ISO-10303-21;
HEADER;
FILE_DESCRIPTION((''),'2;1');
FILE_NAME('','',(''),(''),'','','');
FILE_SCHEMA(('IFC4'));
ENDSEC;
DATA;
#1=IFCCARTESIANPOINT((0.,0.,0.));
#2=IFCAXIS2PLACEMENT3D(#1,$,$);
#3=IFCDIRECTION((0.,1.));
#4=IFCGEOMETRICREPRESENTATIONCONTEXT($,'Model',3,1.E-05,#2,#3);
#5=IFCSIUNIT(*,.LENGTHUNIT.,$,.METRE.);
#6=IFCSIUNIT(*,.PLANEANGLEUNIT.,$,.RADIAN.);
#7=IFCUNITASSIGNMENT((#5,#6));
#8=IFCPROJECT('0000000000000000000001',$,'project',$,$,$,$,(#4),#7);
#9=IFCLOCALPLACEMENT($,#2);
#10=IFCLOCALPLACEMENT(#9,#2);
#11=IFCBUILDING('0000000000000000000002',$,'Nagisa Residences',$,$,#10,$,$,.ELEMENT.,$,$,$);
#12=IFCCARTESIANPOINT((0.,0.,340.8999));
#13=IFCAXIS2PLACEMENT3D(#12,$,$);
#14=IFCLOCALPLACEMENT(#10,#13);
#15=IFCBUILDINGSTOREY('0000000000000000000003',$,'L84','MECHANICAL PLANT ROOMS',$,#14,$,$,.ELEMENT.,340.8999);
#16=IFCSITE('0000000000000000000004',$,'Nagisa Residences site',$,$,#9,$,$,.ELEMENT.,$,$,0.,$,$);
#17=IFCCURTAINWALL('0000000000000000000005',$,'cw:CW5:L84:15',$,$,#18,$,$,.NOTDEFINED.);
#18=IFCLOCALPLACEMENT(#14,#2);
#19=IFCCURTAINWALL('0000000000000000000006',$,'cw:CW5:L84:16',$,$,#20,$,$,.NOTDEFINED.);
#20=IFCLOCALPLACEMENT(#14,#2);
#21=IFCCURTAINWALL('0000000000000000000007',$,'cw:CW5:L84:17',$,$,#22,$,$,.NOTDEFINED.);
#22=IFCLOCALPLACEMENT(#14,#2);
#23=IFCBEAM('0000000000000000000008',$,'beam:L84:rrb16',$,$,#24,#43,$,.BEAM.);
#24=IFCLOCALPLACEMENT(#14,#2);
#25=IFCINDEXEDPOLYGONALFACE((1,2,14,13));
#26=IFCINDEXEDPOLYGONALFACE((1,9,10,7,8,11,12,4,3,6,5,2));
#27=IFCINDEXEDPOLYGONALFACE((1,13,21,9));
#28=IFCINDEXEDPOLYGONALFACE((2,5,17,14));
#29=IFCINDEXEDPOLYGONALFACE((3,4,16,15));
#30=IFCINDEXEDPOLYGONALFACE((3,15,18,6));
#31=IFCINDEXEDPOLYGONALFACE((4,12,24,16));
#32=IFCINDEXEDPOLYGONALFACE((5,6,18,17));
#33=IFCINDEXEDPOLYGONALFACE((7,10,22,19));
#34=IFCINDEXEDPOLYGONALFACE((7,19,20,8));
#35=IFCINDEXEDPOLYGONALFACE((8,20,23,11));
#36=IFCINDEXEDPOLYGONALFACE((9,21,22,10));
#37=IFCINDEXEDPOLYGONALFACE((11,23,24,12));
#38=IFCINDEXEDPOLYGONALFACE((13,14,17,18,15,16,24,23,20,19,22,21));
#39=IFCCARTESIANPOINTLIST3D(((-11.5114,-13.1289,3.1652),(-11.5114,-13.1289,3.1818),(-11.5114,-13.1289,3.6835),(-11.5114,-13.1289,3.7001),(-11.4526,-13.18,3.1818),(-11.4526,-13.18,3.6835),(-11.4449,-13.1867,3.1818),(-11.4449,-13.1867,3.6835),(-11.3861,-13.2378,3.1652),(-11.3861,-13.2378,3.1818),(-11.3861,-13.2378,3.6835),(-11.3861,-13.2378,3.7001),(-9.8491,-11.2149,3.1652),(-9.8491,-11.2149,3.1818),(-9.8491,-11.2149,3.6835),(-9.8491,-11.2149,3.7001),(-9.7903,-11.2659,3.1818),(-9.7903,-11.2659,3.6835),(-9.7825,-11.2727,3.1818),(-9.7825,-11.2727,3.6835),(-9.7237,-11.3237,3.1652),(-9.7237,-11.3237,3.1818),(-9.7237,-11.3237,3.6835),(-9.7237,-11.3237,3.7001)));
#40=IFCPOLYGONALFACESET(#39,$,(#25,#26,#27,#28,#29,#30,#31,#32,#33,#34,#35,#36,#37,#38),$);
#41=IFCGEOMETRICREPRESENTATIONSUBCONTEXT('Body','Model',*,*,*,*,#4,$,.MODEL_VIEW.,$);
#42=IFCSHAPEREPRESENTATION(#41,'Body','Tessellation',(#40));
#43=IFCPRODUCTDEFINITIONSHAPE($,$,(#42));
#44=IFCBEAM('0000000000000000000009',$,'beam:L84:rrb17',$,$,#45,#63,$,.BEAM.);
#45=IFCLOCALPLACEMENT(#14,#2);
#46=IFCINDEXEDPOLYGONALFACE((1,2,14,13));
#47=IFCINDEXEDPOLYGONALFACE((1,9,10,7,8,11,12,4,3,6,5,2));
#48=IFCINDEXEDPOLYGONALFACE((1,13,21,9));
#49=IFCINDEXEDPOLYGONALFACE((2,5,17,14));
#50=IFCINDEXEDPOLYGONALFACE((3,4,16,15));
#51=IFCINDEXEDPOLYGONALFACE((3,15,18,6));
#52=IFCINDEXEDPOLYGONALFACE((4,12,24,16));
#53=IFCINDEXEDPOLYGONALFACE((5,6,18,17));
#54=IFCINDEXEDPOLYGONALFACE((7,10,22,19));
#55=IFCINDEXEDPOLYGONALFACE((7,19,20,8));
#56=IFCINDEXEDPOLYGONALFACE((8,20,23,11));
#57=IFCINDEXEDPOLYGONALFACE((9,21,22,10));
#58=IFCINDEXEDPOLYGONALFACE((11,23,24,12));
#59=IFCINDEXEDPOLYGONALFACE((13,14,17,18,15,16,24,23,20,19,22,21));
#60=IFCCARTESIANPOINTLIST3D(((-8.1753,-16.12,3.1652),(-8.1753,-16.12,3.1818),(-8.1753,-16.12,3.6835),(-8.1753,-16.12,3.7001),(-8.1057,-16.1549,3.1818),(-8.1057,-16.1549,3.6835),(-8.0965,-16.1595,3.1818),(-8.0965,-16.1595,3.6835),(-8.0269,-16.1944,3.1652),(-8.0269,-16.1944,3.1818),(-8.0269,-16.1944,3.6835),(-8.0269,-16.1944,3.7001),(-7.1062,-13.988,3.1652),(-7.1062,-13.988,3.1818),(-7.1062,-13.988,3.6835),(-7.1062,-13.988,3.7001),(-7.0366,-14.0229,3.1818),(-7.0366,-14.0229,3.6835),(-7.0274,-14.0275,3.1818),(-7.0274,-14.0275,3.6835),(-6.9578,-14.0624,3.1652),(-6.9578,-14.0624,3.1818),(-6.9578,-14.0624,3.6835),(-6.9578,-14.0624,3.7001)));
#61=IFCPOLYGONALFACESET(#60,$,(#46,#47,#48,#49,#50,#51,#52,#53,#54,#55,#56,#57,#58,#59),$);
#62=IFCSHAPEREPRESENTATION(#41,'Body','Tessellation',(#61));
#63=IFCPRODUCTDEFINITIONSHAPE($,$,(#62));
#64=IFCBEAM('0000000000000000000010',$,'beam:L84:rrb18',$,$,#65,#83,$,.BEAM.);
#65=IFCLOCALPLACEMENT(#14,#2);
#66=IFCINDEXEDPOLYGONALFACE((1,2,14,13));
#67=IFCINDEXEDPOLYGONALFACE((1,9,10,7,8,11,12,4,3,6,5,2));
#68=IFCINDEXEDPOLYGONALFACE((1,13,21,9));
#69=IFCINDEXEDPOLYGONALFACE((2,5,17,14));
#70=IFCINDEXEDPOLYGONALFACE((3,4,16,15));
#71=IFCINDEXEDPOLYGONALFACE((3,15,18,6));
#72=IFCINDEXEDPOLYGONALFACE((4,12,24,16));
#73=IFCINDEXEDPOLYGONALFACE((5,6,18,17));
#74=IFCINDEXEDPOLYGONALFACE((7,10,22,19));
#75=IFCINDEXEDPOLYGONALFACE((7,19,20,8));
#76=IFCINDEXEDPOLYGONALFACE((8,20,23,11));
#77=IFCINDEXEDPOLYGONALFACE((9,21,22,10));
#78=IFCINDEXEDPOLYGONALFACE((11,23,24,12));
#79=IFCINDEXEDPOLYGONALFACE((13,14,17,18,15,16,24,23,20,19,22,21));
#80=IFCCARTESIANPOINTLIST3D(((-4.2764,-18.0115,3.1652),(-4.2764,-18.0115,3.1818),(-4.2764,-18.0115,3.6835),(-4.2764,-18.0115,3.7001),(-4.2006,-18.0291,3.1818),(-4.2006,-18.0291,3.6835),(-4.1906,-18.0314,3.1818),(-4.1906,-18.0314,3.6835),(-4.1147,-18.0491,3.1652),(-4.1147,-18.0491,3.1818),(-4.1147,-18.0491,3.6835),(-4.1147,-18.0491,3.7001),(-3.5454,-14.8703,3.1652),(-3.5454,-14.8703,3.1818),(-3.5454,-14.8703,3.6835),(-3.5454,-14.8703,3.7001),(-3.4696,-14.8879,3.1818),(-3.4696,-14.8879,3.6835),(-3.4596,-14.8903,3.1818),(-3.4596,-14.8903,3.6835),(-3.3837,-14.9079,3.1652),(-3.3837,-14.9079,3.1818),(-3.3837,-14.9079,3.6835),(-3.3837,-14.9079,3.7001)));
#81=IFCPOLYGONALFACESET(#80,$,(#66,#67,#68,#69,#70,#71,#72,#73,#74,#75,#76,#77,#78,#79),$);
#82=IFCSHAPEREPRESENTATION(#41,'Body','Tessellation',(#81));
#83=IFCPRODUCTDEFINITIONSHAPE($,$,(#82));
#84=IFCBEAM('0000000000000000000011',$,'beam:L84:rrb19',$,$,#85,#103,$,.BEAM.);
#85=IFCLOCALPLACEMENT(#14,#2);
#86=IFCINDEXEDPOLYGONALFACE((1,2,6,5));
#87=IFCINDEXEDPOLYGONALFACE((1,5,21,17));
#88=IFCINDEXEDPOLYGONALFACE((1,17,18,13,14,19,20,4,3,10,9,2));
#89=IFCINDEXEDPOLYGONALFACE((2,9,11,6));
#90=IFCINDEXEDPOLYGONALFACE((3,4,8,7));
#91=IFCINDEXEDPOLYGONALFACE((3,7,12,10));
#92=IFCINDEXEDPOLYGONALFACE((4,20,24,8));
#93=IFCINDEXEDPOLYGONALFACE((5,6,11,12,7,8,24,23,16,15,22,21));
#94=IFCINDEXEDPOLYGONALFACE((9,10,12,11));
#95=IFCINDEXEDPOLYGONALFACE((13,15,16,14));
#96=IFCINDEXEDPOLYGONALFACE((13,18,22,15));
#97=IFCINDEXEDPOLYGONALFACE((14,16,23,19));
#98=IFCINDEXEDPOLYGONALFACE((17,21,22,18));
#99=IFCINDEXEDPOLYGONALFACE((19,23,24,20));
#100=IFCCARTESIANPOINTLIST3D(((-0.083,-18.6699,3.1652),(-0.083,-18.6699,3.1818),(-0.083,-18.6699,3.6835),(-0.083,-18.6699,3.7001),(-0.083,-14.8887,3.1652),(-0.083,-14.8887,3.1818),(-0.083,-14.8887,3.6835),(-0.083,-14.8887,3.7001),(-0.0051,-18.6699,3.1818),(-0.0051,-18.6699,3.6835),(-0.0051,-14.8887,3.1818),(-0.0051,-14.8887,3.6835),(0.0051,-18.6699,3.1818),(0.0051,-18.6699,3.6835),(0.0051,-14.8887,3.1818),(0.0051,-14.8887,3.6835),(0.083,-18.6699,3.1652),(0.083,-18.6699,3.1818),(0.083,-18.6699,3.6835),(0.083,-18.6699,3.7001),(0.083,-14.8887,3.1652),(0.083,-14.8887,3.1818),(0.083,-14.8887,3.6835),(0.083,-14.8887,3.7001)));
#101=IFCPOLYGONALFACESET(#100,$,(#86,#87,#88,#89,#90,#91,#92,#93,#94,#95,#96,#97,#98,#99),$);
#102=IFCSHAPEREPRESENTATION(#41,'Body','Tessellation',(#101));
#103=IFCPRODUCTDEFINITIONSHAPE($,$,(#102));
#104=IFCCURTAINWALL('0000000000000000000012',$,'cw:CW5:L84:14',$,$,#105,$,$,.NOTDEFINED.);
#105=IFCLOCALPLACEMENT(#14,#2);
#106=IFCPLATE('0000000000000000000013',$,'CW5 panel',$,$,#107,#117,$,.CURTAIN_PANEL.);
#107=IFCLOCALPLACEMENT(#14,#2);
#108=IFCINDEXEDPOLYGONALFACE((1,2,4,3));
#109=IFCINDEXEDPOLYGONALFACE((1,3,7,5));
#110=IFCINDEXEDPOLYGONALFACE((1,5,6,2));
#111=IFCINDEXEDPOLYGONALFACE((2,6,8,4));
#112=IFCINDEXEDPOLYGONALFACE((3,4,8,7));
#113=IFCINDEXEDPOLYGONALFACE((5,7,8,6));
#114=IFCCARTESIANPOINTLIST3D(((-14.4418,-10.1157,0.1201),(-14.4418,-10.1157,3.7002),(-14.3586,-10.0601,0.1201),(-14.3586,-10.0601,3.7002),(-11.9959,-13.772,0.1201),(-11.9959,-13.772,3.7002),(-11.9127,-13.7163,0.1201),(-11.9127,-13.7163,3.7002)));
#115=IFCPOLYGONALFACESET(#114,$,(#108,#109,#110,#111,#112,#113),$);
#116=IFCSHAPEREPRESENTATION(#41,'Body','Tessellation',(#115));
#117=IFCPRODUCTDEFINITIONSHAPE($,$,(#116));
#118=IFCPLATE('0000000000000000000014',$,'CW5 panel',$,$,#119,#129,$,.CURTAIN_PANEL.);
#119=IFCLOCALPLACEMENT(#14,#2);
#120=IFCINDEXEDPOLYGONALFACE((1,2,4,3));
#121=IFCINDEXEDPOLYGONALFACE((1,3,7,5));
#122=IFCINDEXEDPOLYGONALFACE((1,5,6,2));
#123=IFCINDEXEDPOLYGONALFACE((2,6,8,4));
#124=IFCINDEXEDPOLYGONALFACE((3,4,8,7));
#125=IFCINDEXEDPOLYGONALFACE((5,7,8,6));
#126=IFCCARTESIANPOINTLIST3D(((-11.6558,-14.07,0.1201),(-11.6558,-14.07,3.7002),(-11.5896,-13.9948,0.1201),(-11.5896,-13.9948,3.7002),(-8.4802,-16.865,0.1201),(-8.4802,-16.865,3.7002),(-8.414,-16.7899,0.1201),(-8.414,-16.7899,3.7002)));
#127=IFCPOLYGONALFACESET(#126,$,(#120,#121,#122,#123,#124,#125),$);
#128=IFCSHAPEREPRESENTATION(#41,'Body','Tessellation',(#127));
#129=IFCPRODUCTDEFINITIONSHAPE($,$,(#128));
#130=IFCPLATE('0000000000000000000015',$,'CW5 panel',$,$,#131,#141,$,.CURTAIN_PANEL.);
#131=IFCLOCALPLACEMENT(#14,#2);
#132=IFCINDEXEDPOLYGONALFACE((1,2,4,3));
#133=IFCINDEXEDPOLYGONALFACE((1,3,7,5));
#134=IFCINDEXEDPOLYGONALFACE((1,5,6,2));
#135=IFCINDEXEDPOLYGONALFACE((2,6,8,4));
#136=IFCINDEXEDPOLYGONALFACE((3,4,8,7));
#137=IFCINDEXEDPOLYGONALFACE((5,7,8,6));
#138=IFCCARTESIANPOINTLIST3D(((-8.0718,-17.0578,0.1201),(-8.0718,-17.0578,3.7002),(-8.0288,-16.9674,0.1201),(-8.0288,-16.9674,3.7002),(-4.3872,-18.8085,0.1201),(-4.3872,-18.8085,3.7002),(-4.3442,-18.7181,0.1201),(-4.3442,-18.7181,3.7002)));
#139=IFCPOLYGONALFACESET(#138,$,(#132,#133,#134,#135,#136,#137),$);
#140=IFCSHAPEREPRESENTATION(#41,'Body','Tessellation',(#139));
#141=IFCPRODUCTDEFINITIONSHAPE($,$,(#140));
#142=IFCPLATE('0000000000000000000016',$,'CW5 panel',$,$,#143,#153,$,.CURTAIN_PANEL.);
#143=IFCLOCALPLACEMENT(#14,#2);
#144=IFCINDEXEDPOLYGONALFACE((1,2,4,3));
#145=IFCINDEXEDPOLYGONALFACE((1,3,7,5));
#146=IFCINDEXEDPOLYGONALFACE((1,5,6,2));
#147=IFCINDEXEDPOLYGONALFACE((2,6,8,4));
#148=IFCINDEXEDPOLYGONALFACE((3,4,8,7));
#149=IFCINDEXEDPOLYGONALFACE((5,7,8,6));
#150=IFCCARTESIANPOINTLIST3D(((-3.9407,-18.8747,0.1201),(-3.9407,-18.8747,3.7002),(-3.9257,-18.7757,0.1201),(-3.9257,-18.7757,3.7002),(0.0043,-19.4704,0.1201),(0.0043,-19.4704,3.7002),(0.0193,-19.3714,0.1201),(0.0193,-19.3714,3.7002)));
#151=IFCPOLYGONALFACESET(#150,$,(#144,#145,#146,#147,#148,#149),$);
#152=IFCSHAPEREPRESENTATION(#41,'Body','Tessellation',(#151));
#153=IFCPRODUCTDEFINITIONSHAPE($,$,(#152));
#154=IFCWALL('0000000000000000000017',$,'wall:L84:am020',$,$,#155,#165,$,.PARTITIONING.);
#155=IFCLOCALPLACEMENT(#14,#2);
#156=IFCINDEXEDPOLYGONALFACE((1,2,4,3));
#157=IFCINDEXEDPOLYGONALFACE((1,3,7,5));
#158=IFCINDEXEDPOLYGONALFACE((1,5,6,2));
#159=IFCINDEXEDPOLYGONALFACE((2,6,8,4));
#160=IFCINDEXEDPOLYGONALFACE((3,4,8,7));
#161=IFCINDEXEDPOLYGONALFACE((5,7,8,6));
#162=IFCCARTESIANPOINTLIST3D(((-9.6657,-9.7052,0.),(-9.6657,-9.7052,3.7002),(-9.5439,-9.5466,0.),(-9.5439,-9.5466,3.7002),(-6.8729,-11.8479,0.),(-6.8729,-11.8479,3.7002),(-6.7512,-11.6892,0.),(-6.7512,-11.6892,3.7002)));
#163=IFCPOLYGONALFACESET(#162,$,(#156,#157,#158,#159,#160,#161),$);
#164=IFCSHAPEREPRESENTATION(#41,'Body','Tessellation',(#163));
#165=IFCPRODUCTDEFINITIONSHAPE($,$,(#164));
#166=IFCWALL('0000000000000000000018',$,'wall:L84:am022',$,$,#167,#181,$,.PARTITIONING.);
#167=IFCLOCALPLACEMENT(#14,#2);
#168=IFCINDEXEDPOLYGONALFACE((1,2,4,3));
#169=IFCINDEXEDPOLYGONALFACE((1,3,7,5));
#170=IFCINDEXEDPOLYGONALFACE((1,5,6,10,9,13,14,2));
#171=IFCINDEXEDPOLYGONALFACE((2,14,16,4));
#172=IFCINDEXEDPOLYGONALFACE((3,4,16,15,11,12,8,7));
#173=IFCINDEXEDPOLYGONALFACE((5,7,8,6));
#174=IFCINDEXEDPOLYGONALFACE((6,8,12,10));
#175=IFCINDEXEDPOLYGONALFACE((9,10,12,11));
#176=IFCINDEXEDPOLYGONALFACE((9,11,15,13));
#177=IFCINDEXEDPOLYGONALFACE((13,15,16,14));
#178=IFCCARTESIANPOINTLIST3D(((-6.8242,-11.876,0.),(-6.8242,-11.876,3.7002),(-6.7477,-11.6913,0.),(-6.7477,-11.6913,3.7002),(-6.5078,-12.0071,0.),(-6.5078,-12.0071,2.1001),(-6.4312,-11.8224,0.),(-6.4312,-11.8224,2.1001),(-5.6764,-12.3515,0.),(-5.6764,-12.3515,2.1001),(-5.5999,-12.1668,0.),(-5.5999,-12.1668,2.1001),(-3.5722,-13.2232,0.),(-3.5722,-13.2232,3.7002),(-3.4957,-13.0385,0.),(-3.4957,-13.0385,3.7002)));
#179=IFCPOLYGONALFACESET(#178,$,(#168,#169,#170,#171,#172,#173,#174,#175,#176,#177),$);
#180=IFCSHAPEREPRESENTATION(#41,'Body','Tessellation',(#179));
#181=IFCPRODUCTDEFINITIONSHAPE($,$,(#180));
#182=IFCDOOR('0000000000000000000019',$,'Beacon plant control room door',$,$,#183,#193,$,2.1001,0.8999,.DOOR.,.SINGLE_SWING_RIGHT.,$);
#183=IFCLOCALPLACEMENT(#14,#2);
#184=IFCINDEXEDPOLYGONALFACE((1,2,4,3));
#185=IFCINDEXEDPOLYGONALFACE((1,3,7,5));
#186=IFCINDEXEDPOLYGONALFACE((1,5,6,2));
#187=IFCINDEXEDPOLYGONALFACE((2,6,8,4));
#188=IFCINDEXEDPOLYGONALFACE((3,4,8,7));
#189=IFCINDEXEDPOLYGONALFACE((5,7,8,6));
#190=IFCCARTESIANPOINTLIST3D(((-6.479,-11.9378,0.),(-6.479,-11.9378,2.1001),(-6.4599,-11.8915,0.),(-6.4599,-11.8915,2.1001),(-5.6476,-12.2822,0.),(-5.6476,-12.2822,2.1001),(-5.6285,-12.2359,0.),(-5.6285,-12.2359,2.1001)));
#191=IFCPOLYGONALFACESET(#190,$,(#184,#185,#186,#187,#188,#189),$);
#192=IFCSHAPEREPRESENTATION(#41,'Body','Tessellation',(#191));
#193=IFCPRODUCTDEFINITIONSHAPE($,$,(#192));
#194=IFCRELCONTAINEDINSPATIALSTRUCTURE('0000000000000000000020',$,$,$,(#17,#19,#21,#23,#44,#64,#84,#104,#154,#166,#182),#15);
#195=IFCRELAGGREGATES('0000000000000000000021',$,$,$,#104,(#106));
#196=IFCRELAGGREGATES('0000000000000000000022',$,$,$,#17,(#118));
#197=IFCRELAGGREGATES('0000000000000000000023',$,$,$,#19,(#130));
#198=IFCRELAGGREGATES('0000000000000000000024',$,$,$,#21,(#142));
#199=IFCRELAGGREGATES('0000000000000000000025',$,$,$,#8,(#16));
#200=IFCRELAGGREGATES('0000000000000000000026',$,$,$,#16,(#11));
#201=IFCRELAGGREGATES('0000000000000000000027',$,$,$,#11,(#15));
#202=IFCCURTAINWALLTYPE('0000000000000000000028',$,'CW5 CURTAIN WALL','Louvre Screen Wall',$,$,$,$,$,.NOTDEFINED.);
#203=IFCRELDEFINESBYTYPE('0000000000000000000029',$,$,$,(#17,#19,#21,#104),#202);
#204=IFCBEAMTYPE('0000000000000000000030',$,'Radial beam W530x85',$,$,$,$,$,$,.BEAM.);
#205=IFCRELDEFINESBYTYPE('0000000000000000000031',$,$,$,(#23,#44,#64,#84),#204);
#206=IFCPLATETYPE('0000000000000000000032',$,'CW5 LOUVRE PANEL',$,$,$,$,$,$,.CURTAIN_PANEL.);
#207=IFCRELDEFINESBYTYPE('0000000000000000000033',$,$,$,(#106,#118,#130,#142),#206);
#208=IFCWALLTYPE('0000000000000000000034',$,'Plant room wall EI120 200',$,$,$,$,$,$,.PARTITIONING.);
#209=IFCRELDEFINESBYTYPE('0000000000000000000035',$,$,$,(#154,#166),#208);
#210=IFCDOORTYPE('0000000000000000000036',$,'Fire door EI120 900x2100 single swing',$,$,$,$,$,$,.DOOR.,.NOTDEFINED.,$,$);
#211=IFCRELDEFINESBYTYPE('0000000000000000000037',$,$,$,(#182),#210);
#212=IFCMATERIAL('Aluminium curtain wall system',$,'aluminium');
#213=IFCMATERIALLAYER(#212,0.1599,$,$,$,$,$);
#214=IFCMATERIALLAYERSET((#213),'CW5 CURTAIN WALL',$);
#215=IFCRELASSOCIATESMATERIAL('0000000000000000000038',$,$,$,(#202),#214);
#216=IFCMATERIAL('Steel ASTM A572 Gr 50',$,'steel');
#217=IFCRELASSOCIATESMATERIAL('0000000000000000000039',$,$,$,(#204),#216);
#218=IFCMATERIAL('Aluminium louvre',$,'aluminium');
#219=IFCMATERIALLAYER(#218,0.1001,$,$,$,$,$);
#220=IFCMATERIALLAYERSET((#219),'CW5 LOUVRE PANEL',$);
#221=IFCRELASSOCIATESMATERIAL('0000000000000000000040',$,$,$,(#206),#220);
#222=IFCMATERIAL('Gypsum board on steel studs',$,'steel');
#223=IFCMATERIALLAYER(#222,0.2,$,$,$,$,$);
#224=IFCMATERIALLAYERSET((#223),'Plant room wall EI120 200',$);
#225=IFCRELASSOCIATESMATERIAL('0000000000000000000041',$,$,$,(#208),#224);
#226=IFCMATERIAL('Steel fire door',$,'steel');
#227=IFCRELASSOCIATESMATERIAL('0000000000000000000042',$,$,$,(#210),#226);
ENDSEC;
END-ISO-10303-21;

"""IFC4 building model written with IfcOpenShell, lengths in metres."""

from ifc_helpers import new_model, si_unit, direction, frame, frame_2d, origin, origin_2d, place, context, subcontext, project, spatial, rectangle, i_section, extrude, material, layer, layer_set, material_profile, profile_set, type_object, element, fill, aggregate, save


model = new_model("IFC4")

# Units and contexts
model_context = context("Model", 3, precision=1e-05, world=origin(), true_north=direction((0.0, 1.0)))
body_context = subcontext(model_context, "Body", "Model", "MODEL_VIEW")
ifc_project = project(units=[si_unit("LENGTHUNIT", "METRE"), si_unit("PLANEANGLEUNIT", "RADIAN")], contexts=[model_context])

# Site, building, storey
site_placement = place(None, origin())
site = spatial("IfcSite", under=ifc_project, at=site_placement, Name="Nagisa Residences site", CompositionType="ELEMENT", RefElevation=0.0)
building_placement = place(site_placement, origin())
building = spatial("IfcBuilding", under=site, at=building_placement, Name="Nagisa Residences", CompositionType="ELEMENT")
storey_placement = place(building_placement, frame((0.0, 0.0, 340.8999)))
storey = spatial("IfcBuildingStorey", under=building, at=storey_placement, Name="L84", Description="MECHANICAL PLANT ROOMS", CompositionType="ELEMENT", Elevation=340.8999)

# Curtain walls
ifc_material_1 = material(Name="Aluminium curtain wall system", Category="aluminium")
ifc_layer_1 = layer(ifc_material_1, 0.1599)
ifc_layer_set_1 = layer_set([ifc_layer_1], Name="CW5 CURTAIN WALL")
curtain_wall_type = type_object("IfcCurtainWallType", Name="CW5 CURTAIN WALL", Description="Louvre Screen Wall", PredefinedType="NOTDEFINED", material=ifc_layer_set_1)
curtain_wall_1_placement = place(storey_placement, origin())
curtain_wall_1 = element("IfcCurtainWall", 1, at=curtain_wall_1_placement, inside=storey, type_object=curtain_wall_type, Name="cw:CW5:L84:15", PredefinedType="NOTDEFINED")
curtain_wall_2_placement = place(storey_placement, origin())
curtain_wall_2 = element("IfcCurtainWall", 2, at=curtain_wall_2_placement, inside=storey, type_object=curtain_wall_type, Name="cw:CW5:L84:16", PredefinedType="NOTDEFINED")
curtain_wall_3_placement = place(storey_placement, origin())
curtain_wall_3 = element("IfcCurtainWall", 3, at=curtain_wall_3_placement, inside=storey, type_object=curtain_wall_type, Name="cw:CW5:L84:17", PredefinedType="NOTDEFINED")

# Beams
ifc_material_2 = material(Name="Steel ASTM A572 Gr 50", Category="steel")
ifc_material_profile_1 = material_profile(ifc_material_2, i_section(OverallWidth=0.166, OverallDepth=0.5349, WebThickness=0.0103, FlangeThickness=0.0166, at=origin_2d()), Name="W530x85")
ifc_profile_set_1 = profile_set([ifc_material_profile_1], Name="Steel ASTM A572 Gr 50")
beam_type_1 = type_object("IfcBeamType", Name="Radial beam W530x85", PredefinedType="BEAM", material=ifc_profile_set_1)
beam_1_placement = place(storey_placement, frame((-11.4487, -13.1833, 3.4326), z_axis=(0.655718, 0.755006, 0.0), x_axis=(-0.755006, 0.655718, 0.0)))
element("IfcBeam", 4, at=beam_1_placement, inside=storey, type_object=beam_type_1, Name="beam:L84:rrb16", PredefinedType="BEAM", context=body_context, shape_type="SweptSolid", body=[
    extrude(i_section(OverallWidth=0.166, OverallDepth=0.5349, WebThickness=0.0103, FlangeThickness=0.0166, at=origin_2d()), origin(), (0.0, 0.0, 1.0), 2.5352),
])
beam_2_placement = place(storey_placement, frame((-8.1011, -16.1572, 3.4326), z_axis=(0.448237, 0.893915, 0.0), x_axis=(-0.893915, 0.448237, 0.0)))
element("IfcBeam", 5, at=beam_2_placement, inside=storey, type_object=beam_type_1, Name="beam:L84:rrb17", PredefinedType="BEAM", context=body_context, shape_type="SweptSolid", body=[
    extrude(i_section(OverallWidth=0.166, OverallDepth=0.5349, WebThickness=0.0103, FlangeThickness=0.0166, at=origin_2d()), origin(), (0.0, 0.0, 1.0), 2.385),
])
beam_3_placement = place(storey_placement, frame((-4.1956, -18.0303, 3.4326), z_axis=(0.22665, 0.973976, 0.0), x_axis=(-0.973976, 0.22665, 0.0)))
element("IfcBeam", 6, at=beam_3_placement, inside=storey, type_object=beam_type_1, Name="beam:L84:rrb18", PredefinedType="BEAM", context=body_context, shape_type="SweptSolid", body=[
    extrude(i_section(OverallWidth=0.166, OverallDepth=0.5349, WebThickness=0.0103, FlangeThickness=0.0166, at=origin_2d()), origin(), (0.0, 0.0, 1.0), 3.2251),
])
beam_4_placement = place(storey_placement, frame((0.0, -18.6699, 3.4326), z_axis=(0.0, 1.0, 0.0), x_axis=(-1.0, 0.0, 0.0)))
element("IfcBeam", 7, at=beam_4_placement, inside=storey, type_object=beam_type_1, Name="beam:L84:rrb19", PredefinedType="BEAM", context=body_context, shape_type="SweptSolid", body=[
    extrude(i_section(OverallWidth=0.166, OverallDepth=0.5349, WebThickness=0.0103, FlangeThickness=0.0166, at=origin_2d()), origin(), (0.0, 0.0, 1.0), 3.7812),
])

# Curtain wall, plate
curtain_wall_4_placement = place(storey_placement, origin())
curtain_wall_4 = element("IfcCurtainWall", 8, at=curtain_wall_4_placement, inside=storey, type_object=curtain_wall_type, Name="cw:CW5:L84:14", PredefinedType="NOTDEFINED")
ifc_material_3 = material(Name="Aluminium louvre", Category="aluminium")
ifc_layer_2 = layer(ifc_material_3, 0.1001)
ifc_layer_set_2 = layer_set([ifc_layer_2], Name="CW5 LOUVRE PANEL")
plate_type = type_object("IfcPlateType", Name="CW5 LOUVRE PANEL", PredefinedType="CURTAIN_PANEL", material=ifc_layer_set_2)
plate_1_placement = place(storey_placement, frame((-13.1772, -11.916, 0.1201), z_axis=(0.0, 0.0, 1.0), x_axis=(0.556014, -0.831173, 0.0)))
plate_1 = element("IfcPlate", 9, at=plate_1_placement, type_object=plate_type, Name="CW5 panel", PredefinedType="CURTAIN_PANEL", context=body_context, shape_type="SweptSolid", body=[
    extrude(rectangle(XDim=4.3989, YDim=0.1001, at=origin_2d()), origin(), (0.0, 0.0, 1.0), 3.5801),
])
aggregate(curtain_wall_4, [plate_1])

# Plates
plate_2_placement = place(storey_placement, frame((-10.0349, -15.4299, 0.1201), z_axis=(0.0, 0.0, 1.0), x_axis=(0.750651, -0.660699, 0.0)))
plate_2 = element("IfcPlate", 10, at=plate_2_placement, type_object=plate_type, Name="CW5 panel", PredefinedType="CURTAIN_PANEL", context=body_context, shape_type="SweptSolid", body=[
    extrude(rectangle(XDim=4.2305, YDim=0.1001, at=origin_2d()), origin(), (0.0, 0.0, 1.0), 3.5801),
])
aggregate(curtain_wall_1, [plate_2])
plate_3_placement = place(storey_placement, frame((-6.208, -17.8879, 0.1201), z_axis=(0.0, 0.0, 1.0), x_axis=(0.903233, -0.429151, 0.0)))
plate_3 = element("IfcPlate", 11, at=plate_3_placement, type_object=plate_type, Name="CW5 panel", PredefinedType="CURTAIN_PANEL", context=body_context, shape_type="SweptSolid", body=[
    extrude(rectangle(XDim=4.0793, YDim=0.1001, at=origin_2d()), origin(), (0.0, 0.0, 1.0), 3.5801),
])
aggregate(curtain_wall_2, [plate_3])
plate_4_placement = place(storey_placement, frame((-1.9607, -19.123, 0.1201), z_axis=(0.0, 0.0, 1.0), x_axis=(0.988789, -0.14932, 0.0)))
plate_4 = element("IfcPlate", 12, at=plate_4_placement, type_object=plate_type, Name="CW5 panel", PredefinedType="CURTAIN_PANEL", context=body_context, shape_type="SweptSolid", body=[
    extrude(rectangle(XDim=3.9897, YDim=0.1001, at=origin_2d()), origin(), (0.0, 0.0, 1.0), 3.5801),
])
aggregate(curtain_wall_3, [plate_4])

# Wall
ifc_material_4 = material(Name="Gypsum board on steel studs", Category="steel")
ifc_layer_3 = layer(ifc_material_4, 0.2)
ifc_layer_set_3 = layer_set([ifc_layer_3], Name="Plant room wall EI120 200")
wall_type_1 = type_object("IfcWallType", Name="Plant room wall EI120 200", PredefinedType="PARTITIONING", material=ifc_layer_set_3)
wall_1_placement = place(storey_placement, frame((-6.812, -11.7686, 0.0), z_axis=(0.0, 0.0, 1.0), x_axis=(-0.793402, 0.608698, 0.0)))
element("IfcWall", 13, at=wall_1_placement, inside=storey, type_object=wall_type_1, Name="wall:L84:am020", PredefinedType="PARTITIONING", context=body_context, shape_type="SweptSolid", body=[
    extrude(rectangle(XDim=3.52, YDim=0.2, at=frame_2d((1.76, 0.0))), origin(), (0.0, 0.0, 1.0), 3.7002),
])

# Wall, opening, door
wall_2_placement = place(storey_placement, frame((-3.5339, -13.1309, 0.0), z_axis=(0.0, 0.0, 1.0), x_axis=(-0.923863, 0.382723, 0.0)))
wall_2 = element("IfcWall", 14, at=wall_2_placement, inside=storey, type_object=wall_type_1, Name="wall:L84:am022", PredefinedType="PARTITIONING", context=body_context, shape_type="SweptSolid", body=[
    extrude(rectangle(XDim=3.52, YDim=0.2, at=frame_2d((1.76, 0.0))), origin(), (0.0, 0.0, 1.0), 3.7002),
])
opening_placement = place(wall_2_placement, frame((2.2776, 0.0, 0.0)))
opening = element("IfcOpeningElement", 15, at=opening_placement, cuts=wall_2, PredefinedType="OPENING", context=body_context, shape_type="SweptSolid", body=[
    extrude(rectangle(XDim=0.8999, YDim=2.1001, at=frame_2d((0.45, 1.05))), frame((0.0, 0.1099, 0.0), z_axis=(0.0, -1.0, 0.0), x_axis=(1.0, 0.0, 0.0)), (0.0, 0.0, 1.0), 0.22),
])
ifc_material_5 = material(Name="Steel fire door", Category="steel")
door_type = type_object("IfcDoorType", Name="Fire door EI120 900x2100 single swing", OperationType="NOTDEFINED", PredefinedType="DOOR", material=ifc_material_5)
door_placement = place(opening_placement, origin())
door = element("IfcDoor", 16, at=door_placement, inside=storey, type_object=door_type, Name="Beacon plant control room door", OperationType="SINGLE_SWING_RIGHT", OverallHeight=2.1001, OverallWidth=0.8999, PredefinedType="DOOR", context=body_context, shape_type="SweptSolid", body=[
    extrude(rectangle(XDim=0.8999, YDim=2.1001, at=frame_2d((0.45, 1.05))), frame((0.0, 0.0249, 0.0), z_axis=(0.0, -1.0, 0.0), x_axis=(1.0, 0.0, 0.0)), (0.0, 0.0, 1.0), 0.05),
])
fill(opening, door)

save(model, "model.ifc")
